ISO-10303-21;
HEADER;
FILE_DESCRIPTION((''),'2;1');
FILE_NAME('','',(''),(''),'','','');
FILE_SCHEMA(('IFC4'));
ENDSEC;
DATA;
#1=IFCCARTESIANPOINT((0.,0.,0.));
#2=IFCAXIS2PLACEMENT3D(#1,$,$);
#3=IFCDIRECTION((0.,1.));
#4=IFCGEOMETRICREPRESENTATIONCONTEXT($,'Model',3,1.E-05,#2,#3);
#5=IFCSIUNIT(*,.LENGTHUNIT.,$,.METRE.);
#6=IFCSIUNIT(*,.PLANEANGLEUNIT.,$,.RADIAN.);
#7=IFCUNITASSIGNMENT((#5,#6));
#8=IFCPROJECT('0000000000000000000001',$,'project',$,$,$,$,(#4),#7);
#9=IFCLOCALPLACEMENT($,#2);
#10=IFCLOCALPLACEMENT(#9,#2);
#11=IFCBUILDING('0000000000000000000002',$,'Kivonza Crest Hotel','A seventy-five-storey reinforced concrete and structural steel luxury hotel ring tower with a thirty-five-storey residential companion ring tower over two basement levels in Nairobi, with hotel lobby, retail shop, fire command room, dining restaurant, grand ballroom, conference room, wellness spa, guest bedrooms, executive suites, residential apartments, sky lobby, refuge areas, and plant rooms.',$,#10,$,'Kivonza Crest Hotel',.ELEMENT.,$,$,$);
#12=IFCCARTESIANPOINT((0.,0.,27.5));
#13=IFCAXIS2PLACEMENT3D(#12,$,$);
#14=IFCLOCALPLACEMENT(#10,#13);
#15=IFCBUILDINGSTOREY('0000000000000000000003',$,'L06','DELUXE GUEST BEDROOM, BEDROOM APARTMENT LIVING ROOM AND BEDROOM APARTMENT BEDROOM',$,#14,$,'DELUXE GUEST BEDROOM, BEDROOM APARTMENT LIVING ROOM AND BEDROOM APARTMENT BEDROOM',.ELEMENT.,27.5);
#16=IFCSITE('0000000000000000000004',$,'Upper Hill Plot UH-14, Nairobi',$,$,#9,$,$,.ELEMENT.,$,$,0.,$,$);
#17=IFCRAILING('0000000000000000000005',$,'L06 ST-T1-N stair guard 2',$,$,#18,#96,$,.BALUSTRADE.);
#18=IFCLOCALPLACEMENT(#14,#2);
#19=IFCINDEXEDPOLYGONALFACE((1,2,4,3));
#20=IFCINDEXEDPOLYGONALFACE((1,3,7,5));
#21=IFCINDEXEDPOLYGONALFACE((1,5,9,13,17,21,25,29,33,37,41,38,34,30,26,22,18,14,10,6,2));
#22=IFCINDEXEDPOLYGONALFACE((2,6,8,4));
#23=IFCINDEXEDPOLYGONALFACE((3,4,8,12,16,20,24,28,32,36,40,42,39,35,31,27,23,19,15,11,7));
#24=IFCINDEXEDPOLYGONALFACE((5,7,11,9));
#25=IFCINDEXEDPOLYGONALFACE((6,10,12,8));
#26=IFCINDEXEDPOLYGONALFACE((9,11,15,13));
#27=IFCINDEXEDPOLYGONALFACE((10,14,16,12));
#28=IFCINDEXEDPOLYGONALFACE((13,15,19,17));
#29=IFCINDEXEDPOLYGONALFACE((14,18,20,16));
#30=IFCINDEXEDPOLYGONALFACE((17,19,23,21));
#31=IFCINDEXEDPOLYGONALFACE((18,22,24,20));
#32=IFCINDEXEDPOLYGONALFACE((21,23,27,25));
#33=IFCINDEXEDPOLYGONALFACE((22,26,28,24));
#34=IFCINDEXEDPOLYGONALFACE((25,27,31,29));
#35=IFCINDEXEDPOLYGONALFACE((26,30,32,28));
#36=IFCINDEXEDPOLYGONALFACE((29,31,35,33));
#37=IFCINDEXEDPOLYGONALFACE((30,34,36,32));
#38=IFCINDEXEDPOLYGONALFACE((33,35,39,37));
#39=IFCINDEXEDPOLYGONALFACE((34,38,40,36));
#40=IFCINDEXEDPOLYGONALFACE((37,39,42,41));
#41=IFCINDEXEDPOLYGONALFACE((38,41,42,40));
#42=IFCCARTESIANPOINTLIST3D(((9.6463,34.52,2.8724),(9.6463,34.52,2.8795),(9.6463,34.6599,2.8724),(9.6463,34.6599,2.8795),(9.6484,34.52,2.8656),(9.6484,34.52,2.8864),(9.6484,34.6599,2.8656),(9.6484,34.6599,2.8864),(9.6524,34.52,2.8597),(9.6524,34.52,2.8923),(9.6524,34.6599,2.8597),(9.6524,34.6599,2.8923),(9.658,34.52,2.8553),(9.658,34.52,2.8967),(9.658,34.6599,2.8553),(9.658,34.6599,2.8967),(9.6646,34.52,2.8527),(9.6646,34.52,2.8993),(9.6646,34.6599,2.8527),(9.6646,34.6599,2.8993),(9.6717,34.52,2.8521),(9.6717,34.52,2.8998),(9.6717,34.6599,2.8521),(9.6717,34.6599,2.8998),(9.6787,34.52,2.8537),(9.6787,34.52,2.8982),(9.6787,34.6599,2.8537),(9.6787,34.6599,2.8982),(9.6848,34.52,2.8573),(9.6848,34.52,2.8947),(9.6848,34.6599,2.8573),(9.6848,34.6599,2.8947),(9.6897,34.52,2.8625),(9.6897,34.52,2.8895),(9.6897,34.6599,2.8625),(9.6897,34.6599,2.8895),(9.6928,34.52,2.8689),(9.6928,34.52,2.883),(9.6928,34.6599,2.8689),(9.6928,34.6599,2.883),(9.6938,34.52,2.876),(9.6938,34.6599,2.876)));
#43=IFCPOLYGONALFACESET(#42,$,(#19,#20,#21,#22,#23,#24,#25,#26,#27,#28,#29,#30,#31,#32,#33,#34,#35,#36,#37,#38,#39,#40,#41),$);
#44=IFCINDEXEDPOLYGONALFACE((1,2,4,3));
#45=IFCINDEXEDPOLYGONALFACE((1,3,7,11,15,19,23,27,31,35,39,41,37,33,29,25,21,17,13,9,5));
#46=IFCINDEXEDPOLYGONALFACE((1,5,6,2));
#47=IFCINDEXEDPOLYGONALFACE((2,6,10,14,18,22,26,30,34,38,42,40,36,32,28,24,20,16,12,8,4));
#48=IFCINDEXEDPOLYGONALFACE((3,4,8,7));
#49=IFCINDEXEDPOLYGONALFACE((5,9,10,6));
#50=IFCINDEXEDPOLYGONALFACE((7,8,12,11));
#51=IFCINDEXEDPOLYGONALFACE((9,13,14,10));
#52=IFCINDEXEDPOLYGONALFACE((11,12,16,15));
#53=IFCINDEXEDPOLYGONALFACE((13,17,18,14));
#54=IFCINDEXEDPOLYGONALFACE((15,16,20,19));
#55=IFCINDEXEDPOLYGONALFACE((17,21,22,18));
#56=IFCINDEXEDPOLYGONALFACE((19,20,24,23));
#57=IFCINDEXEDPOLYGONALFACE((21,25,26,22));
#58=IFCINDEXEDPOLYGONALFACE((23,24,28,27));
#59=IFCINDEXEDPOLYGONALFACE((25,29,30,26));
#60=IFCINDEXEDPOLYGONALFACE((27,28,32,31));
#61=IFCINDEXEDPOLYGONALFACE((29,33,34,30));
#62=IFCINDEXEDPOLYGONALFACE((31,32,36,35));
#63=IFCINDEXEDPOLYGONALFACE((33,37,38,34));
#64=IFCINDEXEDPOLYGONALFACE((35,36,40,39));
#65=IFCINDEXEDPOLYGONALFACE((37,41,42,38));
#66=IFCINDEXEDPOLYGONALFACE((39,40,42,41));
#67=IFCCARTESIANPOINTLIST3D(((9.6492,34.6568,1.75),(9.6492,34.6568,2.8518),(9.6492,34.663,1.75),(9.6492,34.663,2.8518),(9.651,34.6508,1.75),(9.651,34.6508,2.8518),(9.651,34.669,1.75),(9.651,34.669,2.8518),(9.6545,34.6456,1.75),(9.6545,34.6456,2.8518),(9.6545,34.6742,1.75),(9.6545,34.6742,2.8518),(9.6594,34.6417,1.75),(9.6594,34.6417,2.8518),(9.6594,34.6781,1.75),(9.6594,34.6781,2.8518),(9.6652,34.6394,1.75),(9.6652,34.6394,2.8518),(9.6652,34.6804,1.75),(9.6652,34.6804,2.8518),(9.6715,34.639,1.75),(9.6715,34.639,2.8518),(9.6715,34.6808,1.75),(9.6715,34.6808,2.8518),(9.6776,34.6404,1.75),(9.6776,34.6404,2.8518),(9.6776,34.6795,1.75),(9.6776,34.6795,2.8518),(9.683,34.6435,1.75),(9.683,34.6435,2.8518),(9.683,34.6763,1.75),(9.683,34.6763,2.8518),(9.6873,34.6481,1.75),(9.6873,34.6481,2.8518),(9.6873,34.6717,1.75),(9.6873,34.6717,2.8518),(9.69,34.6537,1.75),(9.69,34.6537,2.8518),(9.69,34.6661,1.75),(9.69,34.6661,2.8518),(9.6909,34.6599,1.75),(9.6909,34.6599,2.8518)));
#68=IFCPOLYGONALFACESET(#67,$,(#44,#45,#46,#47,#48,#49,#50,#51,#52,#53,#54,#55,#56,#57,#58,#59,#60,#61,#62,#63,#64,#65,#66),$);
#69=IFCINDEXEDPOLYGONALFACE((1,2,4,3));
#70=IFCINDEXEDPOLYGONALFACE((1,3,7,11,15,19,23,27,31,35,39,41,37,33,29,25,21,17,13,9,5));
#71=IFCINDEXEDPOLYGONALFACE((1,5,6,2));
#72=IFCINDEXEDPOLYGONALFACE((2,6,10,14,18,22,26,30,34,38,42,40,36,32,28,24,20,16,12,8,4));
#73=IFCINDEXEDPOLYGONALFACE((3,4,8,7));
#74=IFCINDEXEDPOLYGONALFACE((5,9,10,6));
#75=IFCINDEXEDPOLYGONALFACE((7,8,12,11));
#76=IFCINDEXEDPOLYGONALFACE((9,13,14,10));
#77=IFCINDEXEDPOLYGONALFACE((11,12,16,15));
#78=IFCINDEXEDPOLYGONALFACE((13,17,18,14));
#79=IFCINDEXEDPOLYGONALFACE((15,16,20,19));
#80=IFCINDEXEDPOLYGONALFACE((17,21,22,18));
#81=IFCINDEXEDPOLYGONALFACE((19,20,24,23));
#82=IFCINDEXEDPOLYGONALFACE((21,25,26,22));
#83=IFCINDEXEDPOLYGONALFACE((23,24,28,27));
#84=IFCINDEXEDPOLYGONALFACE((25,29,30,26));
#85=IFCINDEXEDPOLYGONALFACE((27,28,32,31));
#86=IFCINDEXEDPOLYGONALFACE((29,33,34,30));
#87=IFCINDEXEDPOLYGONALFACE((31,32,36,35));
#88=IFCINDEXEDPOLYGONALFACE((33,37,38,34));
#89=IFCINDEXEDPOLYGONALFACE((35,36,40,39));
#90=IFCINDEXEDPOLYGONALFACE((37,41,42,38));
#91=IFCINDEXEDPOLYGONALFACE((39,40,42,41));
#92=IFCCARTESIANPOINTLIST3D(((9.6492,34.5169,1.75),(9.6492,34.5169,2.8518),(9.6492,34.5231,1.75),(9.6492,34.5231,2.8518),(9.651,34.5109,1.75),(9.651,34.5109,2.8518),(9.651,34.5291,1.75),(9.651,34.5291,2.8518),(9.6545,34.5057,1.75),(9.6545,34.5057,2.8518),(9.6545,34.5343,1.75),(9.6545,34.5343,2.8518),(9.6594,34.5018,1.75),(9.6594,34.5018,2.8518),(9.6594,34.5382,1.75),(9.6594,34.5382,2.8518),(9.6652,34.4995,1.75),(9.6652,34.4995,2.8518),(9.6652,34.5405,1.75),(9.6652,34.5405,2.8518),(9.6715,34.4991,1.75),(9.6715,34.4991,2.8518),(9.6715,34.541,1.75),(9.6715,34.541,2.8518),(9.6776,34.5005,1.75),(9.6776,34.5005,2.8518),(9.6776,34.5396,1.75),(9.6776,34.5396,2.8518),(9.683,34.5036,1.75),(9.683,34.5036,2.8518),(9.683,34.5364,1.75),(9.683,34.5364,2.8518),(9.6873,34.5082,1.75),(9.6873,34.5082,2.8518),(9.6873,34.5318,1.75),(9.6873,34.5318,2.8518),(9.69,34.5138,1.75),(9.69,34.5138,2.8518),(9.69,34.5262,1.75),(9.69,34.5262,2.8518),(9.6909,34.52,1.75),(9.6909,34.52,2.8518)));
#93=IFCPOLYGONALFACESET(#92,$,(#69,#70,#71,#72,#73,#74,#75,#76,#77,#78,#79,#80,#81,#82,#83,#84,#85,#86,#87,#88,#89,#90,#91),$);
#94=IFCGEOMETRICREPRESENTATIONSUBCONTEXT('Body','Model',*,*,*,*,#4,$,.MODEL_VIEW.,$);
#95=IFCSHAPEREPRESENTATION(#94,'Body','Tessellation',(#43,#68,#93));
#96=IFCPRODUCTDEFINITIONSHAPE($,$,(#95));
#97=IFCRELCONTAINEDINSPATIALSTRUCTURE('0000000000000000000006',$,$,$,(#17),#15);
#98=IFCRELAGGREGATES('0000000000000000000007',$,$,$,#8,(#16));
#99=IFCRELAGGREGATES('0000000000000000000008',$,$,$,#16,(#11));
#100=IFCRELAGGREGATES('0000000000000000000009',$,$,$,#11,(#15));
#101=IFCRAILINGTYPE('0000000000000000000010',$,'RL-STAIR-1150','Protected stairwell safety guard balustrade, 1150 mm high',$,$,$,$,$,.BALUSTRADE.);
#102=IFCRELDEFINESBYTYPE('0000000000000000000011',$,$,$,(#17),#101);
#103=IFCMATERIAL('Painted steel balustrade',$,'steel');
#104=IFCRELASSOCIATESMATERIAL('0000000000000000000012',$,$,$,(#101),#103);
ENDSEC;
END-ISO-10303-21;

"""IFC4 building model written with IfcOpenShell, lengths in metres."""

from ifc_helpers import new_model, si_unit, direction, frame, origin, origin_2d, place, context, subcontext, project, spatial, circle, extrude, material, type_object, element, save


model = new_model("IFC4")

# Units and contexts
model_context = context("Model", 3, precision=1e-05, world=origin(), true_north=direction((0.0, 1.0)))
body_context = subcontext(model_context, "Body", "Model", "MODEL_VIEW")
ifc_project = project(units=[si_unit("LENGTHUNIT", "METRE"), si_unit("PLANEANGLEUNIT", "RADIAN")], contexts=[model_context])

# Site, building, storey
site_placement = place(None, origin())
site = spatial("IfcSite", under=ifc_project, at=site_placement, Name="Upper Hill Plot UH-14, Nairobi", CompositionType="ELEMENT", RefElevation=0.0)
building_placement = place(site_placement, origin())
building = spatial("IfcBuilding", under=site, at=building_placement, Name="Kivonza Crest Hotel", Description="A seventy-five-storey reinforced concrete and structural steel luxury hotel ring tower with a thirty-five-storey residential companion ring tower over two basement levels in Nairobi, with hotel lobby, retail shop, fire command room, dining restaurant, grand ballroom, conference room, wellness spa, guest bedrooms, executive suites, residential apartments, sky lobby, refuge areas, and plant rooms.", LongName="Kivonza Crest Hotel", CompositionType="ELEMENT")
storey_placement = place(building_placement, frame((0.0, 0.0, 27.5)))
storey = spatial("IfcBuildingStorey", under=building, at=storey_placement, Name="L06", Description="DELUXE GUEST BEDROOM, BEDROOM APARTMENT LIVING ROOM AND BEDROOM APARTMENT BEDROOM", LongName="DELUXE GUEST BEDROOM, BEDROOM APARTMENT LIVING ROOM AND BEDROOM APARTMENT BEDROOM", CompositionType="ELEMENT", Elevation=27.5)

# Railing
ifc_material_1 = material(Name="Painted steel balustrade", Category="steel")
railing_type_1 = type_object("IfcRailingType", Name="RL-STAIR-1150", Description="Protected stairwell safety guard balustrade, 1150 mm high", PredefinedType="BALUSTRADE", material=ifc_material_1)
railing_1_placement = place(storey_placement, frame((9.6699, 34.6599, 1.75)))
element("IfcRailing", 1, at=railing_1_placement, inside=storey, type_object=railing_type_1, Name="L06 ST-T1-N stair guard 2", PredefinedType="BALUSTRADE", context=body_context, shape_type="SweptSolid", body=[
    extrude(circle(Radius=0.0239, at=origin_2d()), frame((0.0, 0.0, 1.126), z_axis=(0.0, -1.0, 0.0), x_axis=(1.0, 0.0, 0.0)), (0.0, 0.0, 1.0), 0.1399),
    extrude(circle(Radius=0.021, at=origin_2d()), origin(), (0.0, 0.0, 1.0), 1.1018),
    extrude(circle(Radius=0.021, at=origin_2d()), frame((0.0, -0.1399, 0.0)), (0.0, 0.0, 1.0), 1.1018),
])

save(model, "model.ifc")
